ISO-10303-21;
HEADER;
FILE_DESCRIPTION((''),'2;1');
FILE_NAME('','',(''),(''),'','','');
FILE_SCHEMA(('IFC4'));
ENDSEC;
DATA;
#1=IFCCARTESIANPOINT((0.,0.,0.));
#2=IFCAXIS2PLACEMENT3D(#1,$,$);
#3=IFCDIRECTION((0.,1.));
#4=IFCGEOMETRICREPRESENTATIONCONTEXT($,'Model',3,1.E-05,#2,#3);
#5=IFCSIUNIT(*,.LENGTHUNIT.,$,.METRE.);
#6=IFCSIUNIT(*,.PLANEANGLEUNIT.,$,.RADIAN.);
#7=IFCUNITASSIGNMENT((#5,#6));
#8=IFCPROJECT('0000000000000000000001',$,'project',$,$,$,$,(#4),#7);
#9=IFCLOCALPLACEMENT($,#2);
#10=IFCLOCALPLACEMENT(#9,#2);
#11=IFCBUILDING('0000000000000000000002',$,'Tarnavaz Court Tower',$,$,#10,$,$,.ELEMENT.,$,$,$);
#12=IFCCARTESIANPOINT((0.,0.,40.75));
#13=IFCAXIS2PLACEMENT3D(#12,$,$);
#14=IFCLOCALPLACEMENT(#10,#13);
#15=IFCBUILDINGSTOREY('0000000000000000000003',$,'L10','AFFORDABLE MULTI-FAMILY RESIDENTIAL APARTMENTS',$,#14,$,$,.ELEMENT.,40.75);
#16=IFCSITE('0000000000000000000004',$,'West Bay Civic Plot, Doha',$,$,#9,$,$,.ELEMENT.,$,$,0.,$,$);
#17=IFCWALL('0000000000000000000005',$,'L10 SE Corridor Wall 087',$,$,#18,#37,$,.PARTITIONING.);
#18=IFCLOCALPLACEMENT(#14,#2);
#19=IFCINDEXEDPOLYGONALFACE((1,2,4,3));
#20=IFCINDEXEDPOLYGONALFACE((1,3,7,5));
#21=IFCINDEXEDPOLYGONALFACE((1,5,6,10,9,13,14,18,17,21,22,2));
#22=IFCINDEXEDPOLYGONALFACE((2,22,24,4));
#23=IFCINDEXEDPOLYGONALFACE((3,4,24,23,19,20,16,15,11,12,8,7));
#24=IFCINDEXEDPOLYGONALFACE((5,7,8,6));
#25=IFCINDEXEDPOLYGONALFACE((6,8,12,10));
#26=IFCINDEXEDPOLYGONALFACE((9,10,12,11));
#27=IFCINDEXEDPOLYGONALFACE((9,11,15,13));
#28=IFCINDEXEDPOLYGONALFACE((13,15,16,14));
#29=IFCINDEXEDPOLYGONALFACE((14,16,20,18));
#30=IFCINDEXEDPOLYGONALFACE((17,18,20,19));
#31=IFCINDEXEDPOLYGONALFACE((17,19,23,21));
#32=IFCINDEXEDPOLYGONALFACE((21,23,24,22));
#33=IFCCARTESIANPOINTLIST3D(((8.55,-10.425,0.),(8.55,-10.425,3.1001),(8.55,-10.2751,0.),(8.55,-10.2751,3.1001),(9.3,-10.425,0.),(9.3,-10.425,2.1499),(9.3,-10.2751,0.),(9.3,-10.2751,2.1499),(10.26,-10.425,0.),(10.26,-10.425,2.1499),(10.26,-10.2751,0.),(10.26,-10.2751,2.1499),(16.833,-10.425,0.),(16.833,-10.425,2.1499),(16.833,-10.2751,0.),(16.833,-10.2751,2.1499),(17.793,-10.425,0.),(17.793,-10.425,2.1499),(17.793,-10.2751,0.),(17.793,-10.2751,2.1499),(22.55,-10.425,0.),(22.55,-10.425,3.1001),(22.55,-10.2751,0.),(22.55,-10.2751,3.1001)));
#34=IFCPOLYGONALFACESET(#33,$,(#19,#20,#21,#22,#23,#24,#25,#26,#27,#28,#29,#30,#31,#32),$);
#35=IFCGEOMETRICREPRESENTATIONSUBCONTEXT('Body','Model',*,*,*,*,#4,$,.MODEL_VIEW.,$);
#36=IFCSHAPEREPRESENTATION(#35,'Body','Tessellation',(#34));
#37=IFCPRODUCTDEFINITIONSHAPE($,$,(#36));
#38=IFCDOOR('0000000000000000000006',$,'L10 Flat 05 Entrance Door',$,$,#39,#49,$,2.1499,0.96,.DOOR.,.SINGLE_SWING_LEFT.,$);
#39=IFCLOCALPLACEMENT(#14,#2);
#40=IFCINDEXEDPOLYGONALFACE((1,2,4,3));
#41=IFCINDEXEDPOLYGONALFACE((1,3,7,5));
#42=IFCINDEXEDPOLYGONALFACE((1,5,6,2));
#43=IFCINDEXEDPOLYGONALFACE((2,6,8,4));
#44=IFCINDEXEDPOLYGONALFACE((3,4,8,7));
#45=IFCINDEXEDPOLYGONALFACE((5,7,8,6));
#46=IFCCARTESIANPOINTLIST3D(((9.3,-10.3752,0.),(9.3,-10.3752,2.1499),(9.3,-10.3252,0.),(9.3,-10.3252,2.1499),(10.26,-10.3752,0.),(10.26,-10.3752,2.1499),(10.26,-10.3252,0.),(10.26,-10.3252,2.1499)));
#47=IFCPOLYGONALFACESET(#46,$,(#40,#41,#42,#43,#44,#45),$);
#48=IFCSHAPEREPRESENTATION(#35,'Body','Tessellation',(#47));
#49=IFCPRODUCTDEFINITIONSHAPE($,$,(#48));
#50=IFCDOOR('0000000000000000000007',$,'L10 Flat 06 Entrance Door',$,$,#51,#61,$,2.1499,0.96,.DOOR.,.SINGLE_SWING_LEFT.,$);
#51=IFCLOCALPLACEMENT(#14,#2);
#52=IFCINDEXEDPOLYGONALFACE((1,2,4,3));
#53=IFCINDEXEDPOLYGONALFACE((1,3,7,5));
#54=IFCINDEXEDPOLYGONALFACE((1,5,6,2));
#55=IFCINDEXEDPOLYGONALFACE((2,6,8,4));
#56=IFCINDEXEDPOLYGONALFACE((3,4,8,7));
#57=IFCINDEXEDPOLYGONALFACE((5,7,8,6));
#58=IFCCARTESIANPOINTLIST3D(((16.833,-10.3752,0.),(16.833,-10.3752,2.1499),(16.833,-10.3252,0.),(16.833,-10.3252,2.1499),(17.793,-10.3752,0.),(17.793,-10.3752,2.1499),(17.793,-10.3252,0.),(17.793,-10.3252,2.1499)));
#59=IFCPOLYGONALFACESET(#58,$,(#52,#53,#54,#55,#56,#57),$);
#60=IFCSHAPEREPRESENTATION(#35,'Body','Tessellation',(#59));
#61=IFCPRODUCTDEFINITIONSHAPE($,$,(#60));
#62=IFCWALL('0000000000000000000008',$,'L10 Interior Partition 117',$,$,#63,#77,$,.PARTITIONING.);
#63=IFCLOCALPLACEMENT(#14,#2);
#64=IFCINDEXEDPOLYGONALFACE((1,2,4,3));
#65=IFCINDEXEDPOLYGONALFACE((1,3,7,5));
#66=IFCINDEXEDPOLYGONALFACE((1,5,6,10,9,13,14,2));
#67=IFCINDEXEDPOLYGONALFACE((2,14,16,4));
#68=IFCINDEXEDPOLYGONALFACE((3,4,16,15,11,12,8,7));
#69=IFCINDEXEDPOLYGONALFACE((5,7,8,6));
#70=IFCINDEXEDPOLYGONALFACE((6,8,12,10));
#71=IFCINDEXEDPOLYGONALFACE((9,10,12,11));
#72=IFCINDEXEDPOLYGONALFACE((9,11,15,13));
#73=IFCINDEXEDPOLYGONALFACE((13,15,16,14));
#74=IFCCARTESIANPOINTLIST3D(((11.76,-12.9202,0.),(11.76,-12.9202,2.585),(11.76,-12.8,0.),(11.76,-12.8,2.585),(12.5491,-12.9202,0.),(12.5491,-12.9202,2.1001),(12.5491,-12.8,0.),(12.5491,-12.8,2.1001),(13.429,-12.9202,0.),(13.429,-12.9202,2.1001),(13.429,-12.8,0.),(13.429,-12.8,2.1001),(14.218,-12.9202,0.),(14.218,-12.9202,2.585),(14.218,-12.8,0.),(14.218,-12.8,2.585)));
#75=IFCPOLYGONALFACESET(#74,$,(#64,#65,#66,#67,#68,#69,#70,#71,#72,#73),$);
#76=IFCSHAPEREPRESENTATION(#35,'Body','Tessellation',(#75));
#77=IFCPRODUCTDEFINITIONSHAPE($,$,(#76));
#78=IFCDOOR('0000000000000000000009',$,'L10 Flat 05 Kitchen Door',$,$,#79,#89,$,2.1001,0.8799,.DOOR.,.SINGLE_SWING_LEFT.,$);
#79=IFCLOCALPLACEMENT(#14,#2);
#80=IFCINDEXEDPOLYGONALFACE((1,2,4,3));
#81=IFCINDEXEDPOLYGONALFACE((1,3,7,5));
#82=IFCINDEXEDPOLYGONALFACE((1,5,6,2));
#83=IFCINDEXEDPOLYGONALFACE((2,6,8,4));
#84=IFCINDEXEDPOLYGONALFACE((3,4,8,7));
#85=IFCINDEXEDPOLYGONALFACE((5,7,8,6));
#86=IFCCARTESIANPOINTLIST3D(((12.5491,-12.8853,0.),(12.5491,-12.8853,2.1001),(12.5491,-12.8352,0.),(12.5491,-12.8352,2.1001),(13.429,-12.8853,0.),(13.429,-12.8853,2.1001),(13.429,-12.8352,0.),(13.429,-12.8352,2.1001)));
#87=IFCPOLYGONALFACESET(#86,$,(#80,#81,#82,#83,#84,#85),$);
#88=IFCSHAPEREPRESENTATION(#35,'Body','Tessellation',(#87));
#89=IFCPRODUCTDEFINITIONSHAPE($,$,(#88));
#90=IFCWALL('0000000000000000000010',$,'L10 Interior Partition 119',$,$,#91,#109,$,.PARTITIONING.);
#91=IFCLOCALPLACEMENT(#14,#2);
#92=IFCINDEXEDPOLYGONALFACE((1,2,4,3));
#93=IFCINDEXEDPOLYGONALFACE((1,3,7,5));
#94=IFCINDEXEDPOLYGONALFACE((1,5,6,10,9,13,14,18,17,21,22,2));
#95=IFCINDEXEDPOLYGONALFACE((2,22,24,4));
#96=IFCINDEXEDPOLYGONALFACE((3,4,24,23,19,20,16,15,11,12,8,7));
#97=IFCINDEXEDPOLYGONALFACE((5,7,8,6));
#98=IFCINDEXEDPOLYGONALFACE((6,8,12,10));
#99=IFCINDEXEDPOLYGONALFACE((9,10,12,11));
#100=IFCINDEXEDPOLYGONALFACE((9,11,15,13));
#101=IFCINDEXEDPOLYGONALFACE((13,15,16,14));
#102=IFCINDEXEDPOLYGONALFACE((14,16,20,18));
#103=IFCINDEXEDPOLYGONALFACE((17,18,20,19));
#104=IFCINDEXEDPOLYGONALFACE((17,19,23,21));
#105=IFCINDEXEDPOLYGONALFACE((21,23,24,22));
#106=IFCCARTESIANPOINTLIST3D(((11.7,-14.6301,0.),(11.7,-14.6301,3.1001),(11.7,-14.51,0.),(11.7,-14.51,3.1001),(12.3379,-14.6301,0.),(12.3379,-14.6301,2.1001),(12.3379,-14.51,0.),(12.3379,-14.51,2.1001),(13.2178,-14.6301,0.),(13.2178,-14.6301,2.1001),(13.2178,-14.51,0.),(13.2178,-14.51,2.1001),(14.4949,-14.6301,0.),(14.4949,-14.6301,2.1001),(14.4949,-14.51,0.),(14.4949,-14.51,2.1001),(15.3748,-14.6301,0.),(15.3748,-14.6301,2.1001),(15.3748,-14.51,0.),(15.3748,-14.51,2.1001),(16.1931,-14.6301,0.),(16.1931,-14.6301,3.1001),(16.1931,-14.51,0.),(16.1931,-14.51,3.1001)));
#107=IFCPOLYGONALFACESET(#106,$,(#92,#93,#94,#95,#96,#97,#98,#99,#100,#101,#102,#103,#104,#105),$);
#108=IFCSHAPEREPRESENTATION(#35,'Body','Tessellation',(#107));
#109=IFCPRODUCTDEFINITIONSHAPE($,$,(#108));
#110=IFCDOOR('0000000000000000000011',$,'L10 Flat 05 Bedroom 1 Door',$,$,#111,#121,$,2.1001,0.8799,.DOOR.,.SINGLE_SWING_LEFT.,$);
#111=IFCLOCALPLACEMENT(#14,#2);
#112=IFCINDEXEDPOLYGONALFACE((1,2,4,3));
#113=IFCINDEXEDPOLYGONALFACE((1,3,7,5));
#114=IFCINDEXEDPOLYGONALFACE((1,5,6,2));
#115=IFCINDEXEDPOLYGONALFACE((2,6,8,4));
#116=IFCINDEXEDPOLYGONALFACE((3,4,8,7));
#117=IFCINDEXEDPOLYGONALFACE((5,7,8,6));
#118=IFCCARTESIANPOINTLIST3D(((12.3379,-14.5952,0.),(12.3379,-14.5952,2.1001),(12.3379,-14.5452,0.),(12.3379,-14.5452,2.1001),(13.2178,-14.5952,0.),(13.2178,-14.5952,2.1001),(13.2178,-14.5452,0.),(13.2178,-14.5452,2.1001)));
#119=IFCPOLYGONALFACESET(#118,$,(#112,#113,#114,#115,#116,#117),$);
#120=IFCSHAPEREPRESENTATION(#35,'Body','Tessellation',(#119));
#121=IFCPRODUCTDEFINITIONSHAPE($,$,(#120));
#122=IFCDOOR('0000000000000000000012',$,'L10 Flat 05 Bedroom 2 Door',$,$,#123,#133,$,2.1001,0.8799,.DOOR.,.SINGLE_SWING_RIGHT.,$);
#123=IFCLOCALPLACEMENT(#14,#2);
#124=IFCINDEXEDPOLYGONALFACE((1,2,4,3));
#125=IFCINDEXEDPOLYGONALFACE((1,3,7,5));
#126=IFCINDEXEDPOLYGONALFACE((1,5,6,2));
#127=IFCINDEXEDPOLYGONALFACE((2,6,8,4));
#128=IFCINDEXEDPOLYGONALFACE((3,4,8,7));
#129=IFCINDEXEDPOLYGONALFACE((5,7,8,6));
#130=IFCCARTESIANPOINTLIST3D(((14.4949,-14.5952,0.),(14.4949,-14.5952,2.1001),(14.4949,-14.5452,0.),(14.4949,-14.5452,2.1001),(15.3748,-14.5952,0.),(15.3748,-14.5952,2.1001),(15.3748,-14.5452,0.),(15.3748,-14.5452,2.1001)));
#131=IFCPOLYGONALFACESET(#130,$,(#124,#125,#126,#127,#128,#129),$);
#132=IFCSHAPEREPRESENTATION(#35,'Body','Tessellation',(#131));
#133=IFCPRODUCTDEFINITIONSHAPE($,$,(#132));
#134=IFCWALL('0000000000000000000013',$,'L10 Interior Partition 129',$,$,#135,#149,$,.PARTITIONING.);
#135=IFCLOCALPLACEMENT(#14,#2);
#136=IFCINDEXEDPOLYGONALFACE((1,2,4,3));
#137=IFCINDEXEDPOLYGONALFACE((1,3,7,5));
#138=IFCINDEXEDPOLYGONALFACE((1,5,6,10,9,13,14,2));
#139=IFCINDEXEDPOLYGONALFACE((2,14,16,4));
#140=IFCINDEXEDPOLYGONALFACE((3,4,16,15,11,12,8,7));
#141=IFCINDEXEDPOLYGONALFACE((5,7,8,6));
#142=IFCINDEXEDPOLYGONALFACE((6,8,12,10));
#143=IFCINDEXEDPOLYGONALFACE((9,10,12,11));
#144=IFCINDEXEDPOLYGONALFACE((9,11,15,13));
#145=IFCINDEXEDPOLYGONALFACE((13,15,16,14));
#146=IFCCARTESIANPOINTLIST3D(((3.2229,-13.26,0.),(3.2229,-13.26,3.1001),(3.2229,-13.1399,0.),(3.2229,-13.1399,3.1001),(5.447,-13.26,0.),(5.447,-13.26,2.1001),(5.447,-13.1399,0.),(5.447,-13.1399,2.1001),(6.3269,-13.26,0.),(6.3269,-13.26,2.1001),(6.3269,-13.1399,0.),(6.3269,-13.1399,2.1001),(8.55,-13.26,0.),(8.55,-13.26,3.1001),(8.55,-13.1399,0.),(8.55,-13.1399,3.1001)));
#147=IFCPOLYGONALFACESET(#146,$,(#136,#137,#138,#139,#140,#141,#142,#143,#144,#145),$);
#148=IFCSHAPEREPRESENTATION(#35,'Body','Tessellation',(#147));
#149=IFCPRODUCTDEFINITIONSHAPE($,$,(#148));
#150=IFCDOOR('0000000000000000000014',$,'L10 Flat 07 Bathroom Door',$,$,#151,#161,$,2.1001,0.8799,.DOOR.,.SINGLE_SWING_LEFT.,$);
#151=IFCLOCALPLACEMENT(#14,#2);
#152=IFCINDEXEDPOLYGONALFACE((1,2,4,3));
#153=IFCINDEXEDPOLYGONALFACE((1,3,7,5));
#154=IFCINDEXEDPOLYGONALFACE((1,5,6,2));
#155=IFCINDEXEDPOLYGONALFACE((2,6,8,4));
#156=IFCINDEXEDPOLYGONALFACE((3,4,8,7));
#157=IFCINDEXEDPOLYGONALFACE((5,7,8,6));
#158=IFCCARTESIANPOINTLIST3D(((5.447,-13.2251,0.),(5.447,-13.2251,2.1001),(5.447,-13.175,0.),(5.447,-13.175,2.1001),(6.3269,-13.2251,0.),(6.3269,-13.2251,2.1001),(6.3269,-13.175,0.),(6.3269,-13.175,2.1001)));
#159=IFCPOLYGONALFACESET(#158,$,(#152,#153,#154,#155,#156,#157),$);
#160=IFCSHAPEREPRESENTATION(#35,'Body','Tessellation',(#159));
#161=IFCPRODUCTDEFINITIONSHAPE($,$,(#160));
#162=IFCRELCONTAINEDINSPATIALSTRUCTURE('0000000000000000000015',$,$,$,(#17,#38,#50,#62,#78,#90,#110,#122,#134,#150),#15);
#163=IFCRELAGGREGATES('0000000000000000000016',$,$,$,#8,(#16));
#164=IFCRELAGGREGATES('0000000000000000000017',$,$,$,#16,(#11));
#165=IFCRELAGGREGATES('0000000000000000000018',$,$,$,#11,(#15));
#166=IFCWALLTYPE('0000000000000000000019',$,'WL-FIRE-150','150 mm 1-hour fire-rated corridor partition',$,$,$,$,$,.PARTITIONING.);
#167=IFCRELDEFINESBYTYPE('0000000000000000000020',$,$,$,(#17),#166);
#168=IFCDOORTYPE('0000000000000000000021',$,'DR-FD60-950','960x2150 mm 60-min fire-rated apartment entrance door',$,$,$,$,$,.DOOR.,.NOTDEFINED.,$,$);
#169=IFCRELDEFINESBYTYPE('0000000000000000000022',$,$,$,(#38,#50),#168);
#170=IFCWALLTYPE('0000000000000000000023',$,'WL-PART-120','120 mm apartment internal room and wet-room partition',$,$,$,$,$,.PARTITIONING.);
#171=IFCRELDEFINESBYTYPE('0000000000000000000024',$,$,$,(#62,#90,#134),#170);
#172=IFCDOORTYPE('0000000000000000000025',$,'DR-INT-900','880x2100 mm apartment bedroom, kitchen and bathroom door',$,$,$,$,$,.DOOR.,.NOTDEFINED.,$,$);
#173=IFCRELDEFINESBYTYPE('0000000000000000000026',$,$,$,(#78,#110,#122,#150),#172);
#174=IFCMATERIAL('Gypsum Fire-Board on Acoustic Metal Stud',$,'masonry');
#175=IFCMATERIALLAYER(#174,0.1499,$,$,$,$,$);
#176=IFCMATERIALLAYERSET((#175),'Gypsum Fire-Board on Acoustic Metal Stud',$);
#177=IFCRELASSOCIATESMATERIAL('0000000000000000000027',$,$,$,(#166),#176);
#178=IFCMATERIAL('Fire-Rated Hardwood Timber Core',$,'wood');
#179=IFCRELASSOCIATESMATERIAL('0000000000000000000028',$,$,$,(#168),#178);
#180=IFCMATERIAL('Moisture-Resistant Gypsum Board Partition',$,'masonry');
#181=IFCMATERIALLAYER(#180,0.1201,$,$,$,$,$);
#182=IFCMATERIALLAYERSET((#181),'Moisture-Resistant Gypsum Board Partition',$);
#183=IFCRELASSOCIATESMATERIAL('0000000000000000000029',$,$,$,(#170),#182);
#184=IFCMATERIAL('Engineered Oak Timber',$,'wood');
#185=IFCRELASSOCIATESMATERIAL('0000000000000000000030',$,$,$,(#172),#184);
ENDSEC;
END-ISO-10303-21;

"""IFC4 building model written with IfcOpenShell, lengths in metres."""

from ifc_helpers import new_model, si_unit, direction, frame, frame_2d, origin, place, context, subcontext, project, spatial, rectangle, extrude, material, layer, layer_set, type_object, element, fill, save


model = new_model("IFC4")

# Units and contexts
model_context = context("Model", 3, precision=1e-05, world=origin(), true_north=direction((0.0, 1.0)))
body_context = subcontext(model_context, "Body", "Model", "MODEL_VIEW")
ifc_project = project(units=[si_unit("LENGTHUNIT", "METRE"), si_unit("PLANEANGLEUNIT", "RADIAN")], contexts=[model_context])

# Site, building, storey
site_placement = place(None, origin())
site = spatial("IfcSite", under=ifc_project, at=site_placement, Name="West Bay Civic Plot, Doha", CompositionType="ELEMENT", RefElevation=0.0)
building_placement = place(site_placement, origin())
building = spatial("IfcBuilding", under=site, at=building_placement, Name="Tarnavaz Court Tower", CompositionType="ELEMENT")
storey_placement = place(building_placement, frame((0.0, 0.0, 40.75)))
storey = spatial("IfcBuildingStorey", under=building, at=storey_placement, Name="L10", Description="AFFORDABLE MULTI-FAMILY RESIDENTIAL APARTMENTS", CompositionType="ELEMENT", Elevation=40.75)

# Wall, openings, doors
ifc_material_1 = material(Name="Gypsum Fire-Board on Acoustic Metal Stud", Category="masonry")
ifc_layer_1 = layer(ifc_material_1, 0.1499)
ifc_layer_set_1 = layer_set([ifc_layer_1], Name="Gypsum Fire-Board on Acoustic Metal Stud")
wall_type_1 = type_object("IfcWallType", Name="WL-FIRE-150", Description="150 mm 1-hour fire-rated corridor partition", PredefinedType="PARTITIONING", material=ifc_layer_set_1)
wall_1_placement = place(storey_placement, frame((8.55, -10.3501, 0.0), z_axis=(0.0, 0.0, 1.0), x_axis=(1.0, 0.0, 0.0)))
wall_1 = element("IfcWall", 1, at=wall_1_placement, inside=storey, type_object=wall_type_1, Name="L10 SE Corridor Wall 087", PredefinedType="PARTITIONING", context=body_context, shape_type="SweptSolid", body=[
    extrude(rectangle(XDim=14.0, YDim=0.1499, at=frame_2d((7.0, 0.0))), origin(), (0.0, 0.0, 1.0), 3.1001),
])
opening_1_placement = place(wall_1_placement, frame((0.75, 0.0, 0.0)))
opening_1 = element("IfcOpeningElement", 2, at=opening_1_placement, cuts=wall_1, PredefinedType="OPENING", context=body_context, shape_type="SweptSolid", body=[
    extrude(rectangle(XDim=0.96, YDim=2.1499, at=frame_2d((0.48, 1.075))), frame((0.0, 0.085, 0.0), z_axis=(0.0, -1.0, 0.0), x_axis=(1.0, 0.0, 0.0)), (0.0, 0.0, 1.0), 0.1699),
])
opening_2_placement = place(wall_1_placement, frame((8.283, 0.0, 0.0)))
opening_2 = element("IfcOpeningElement", 3, at=opening_2_placement, cuts=wall_1, PredefinedType="OPENING", context=body_context, shape_type="SweptSolid", body=[
    extrude(rectangle(XDim=0.96, YDim=2.1499, at=frame_2d((0.48, 1.075))), frame((0.0, 0.085, 0.0), z_axis=(0.0, -1.0, 0.0), x_axis=(1.0, 0.0, 0.0)), (0.0, 0.0, 1.0), 0.1699),
])
ifc_material_2 = material(Name="Fire-Rated Hardwood Timber Core", Category="wood")
door_type_1 = type_object("IfcDoorType", Name="DR-FD60-950", Description="960x2150 mm 60-min fire-rated apartment entrance door", OperationType="NOTDEFINED", PredefinedType="DOOR", material=ifc_material_2)
door_1_placement = place(opening_1_placement, origin())
door_1 = element("IfcDoor", 4, at=door_1_placement, inside=storey, type_object=door_type_1, Name="L10 Flat 05 Entrance Door", OperationType="SINGLE_SWING_LEFT", OverallHeight=2.1499, OverallWidth=0.96, PredefinedType="DOOR", context=body_context, shape_type="SweptSolid", body=[
    extrude(rectangle(XDim=0.96, YDim=2.1499, at=frame_2d((0.48, 1.075))), frame((0.0, 0.0249, 0.0), z_axis=(0.0, -1.0, 0.0), x_axis=(1.0, 0.0, 0.0)), (0.0, 0.0, 1.0), 0.05),
])
fill(opening_1, door_1)
door_2_placement = place(opening_2_placement, origin())
door_2 = element("IfcDoor", 5, at=door_2_placement, inside=storey, type_object=door_type_1, Name="L10 Flat 06 Entrance Door", OperationType="SINGLE_SWING_LEFT", OverallHeight=2.1499, OverallWidth=0.96, PredefinedType="DOOR", context=body_context, shape_type="SweptSolid", body=[
    extrude(rectangle(XDim=0.96, YDim=2.1499, at=frame_2d((0.48, 1.075))), frame((0.0, 0.0249, 0.0), z_axis=(0.0, -1.0, 0.0), x_axis=(1.0, 0.0, 0.0)), (0.0, 0.0, 1.0), 0.05),
])
fill(opening_2, door_2)

# Wall, opening, door
ifc_material_3 = material(Name="Moisture-Resistant Gypsum Board Partition", Category="masonry")
ifc_layer_2 = layer(ifc_material_3, 0.1201)
ifc_layer_set_2 = layer_set([ifc_layer_2], Name="Moisture-Resistant Gypsum Board Partition")
wall_type_2 = type_object("IfcWallType", Name="WL-PART-120", Description="120 mm apartment internal room and wet-room partition", PredefinedType="PARTITIONING", material=ifc_layer_set_2)
wall_2_placement = place(storey_placement, frame((11.76, -12.8601, 0.0), z_axis=(0.0, 0.0, 1.0), x_axis=(1.0, 0.0, 0.0)))
wall_2 = element("IfcWall", 6, at=wall_2_placement, inside=storey, type_object=wall_type_2, Name="L10 Interior Partition 117", PredefinedType="PARTITIONING", context=body_context, shape_type="SweptSolid", body=[
    extrude(rectangle(XDim=2.458, YDim=0.1201, at=frame_2d((1.229, 0.0))), origin(), (0.0, 0.0, 1.0), 2.585),
])
opening_3_placement = place(wall_2_placement, frame((0.7891, 0.0, 0.0)))
opening_3 = element("IfcOpeningElement", 7, at=opening_3_placement, cuts=wall_2, PredefinedType="OPENING", context=body_context, shape_type="SweptSolid", body=[
    extrude(rectangle(XDim=0.8799, YDim=2.1001, at=frame_2d((0.4399, 1.05))), frame((0.0, 0.0701, 0.0), z_axis=(0.0, -1.0, 0.0), x_axis=(1.0, 0.0, 0.0)), (0.0, 0.0, 1.0), 0.1401),
])
ifc_material_4 = material(Name="Engineered Oak Timber", Category="wood")
door_type_2 = type_object("IfcDoorType", Name="DR-INT-900", Description="880x2100 mm apartment bedroom, kitchen and bathroom door", OperationType="NOTDEFINED", PredefinedType="DOOR", material=ifc_material_4)
door_3_placement = place(opening_3_placement, origin())
door_3 = element("IfcDoor", 8, at=door_3_placement, inside=storey, type_object=door_type_2, Name="L10 Flat 05 Kitchen Door", OperationType="SINGLE_SWING_LEFT", OverallHeight=2.1001, OverallWidth=0.8799, PredefinedType="DOOR", context=body_context, shape_type="SweptSolid", body=[
    extrude(rectangle(XDim=0.8799, YDim=2.1001, at=frame_2d((0.4399, 1.05))), frame((0.0, 0.0249, 0.0), z_axis=(0.0, -1.0, 0.0), x_axis=(1.0, 0.0, 0.0)), (0.0, 0.0, 1.0), 0.05),
])
fill(opening_3, door_3)

# Wall, openings, doors
wall_3_placement = place(storey_placement, frame((11.7, -14.5701, 0.0), z_axis=(0.0, 0.0, 1.0), x_axis=(1.0, 0.0, 0.0)))
wall_3 = element("IfcWall", 9, at=wall_3_placement, inside=storey, type_object=wall_type_2, Name="L10 Interior Partition 119", PredefinedType="PARTITIONING", context=body_context, shape_type="SweptSolid", body=[
    extrude(rectangle(XDim=4.4932, YDim=0.1201, at=frame_2d((2.2466, 0.0))), origin(), (0.0, 0.0, 1.0), 3.1001),
])
opening_4_placement = place(wall_3_placement, frame((0.6379, 0.0, 0.0)))
opening_4 = element("IfcOpeningElement", 10, at=opening_4_placement, cuts=wall_3, PredefinedType="OPENING", context=body_context, shape_type="SweptSolid", body=[
    extrude(rectangle(XDim=0.8799, YDim=2.1001, at=frame_2d((0.4399, 1.05))), frame((0.0, 0.0701, 0.0), z_axis=(0.0, -1.0, 0.0), x_axis=(1.0, 0.0, 0.0)), (0.0, 0.0, 1.0), 0.1401),
])
opening_5_placement = place(wall_3_placement, frame((2.7949, 0.0, 0.0)))
opening_5 = element("IfcOpeningElement", 11, at=opening_5_placement, cuts=wall_3, PredefinedType="OPENING", context=body_context, shape_type="SweptSolid", body=[
    extrude(rectangle(XDim=0.8799, YDim=2.1001, at=frame_2d((0.4399, 1.05))), frame((0.0, 0.0701, 0.0), z_axis=(0.0, -1.0, 0.0), x_axis=(1.0, 0.0, 0.0)), (0.0, 0.0, 1.0), 0.1401),
])
door_4_placement = place(opening_4_placement, origin())
door_4 = element("IfcDoor", 12, at=door_4_placement, inside=storey, type_object=door_type_2, Name="L10 Flat 05 Bedroom 1 Door", OperationType="SINGLE_SWING_LEFT", OverallHeight=2.1001, OverallWidth=0.8799, PredefinedType="DOOR", context=body_context, shape_type="SweptSolid", body=[
    extrude(rectangle(XDim=0.8799, YDim=2.1001, at=frame_2d((0.4399, 1.05))), frame((0.0, 0.0249, 0.0), z_axis=(0.0, -1.0, 0.0), x_axis=(1.0, 0.0, 0.0)), (0.0, 0.0, 1.0), 0.05),
])
fill(opening_4, door_4)
door_5_placement = place(opening_5_placement, origin())
door_5 = element("IfcDoor", 13, at=door_5_placement, inside=storey, type_object=door_type_2, Name="L10 Flat 05 Bedroom 2 Door", OperationType="SINGLE_SWING_RIGHT", OverallHeight=2.1001, OverallWidth=0.8799, PredefinedType="DOOR", context=body_context, shape_type="SweptSolid", body=[
    extrude(rectangle(XDim=0.8799, YDim=2.1001, at=frame_2d((0.4399, 1.05))), frame((0.0, 0.0249, 0.0), z_axis=(0.0, -1.0, 0.0), x_axis=(1.0, 0.0, 0.0)), (0.0, 0.0, 1.0), 0.05),
])
fill(opening_5, door_5)

# Wall, opening, door
wall_4_placement = place(storey_placement, frame((3.2229, -13.2, 0.0), z_axis=(0.0, 0.0, 1.0), x_axis=(1.0, 0.0, 0.0)))
wall_4 = element("IfcWall", 14, at=wall_4_placement, inside=storey, type_object=wall_type_2, Name="L10 Interior Partition 129", PredefinedType="PARTITIONING", context=body_context, shape_type="SweptSolid", body=[
    extrude(rectangle(XDim=5.3271, YDim=0.1201, at=frame_2d((2.6636, 0.0))), origin(), (0.0, 0.0, 1.0), 3.1001),
])
opening_6_placement = place(wall_4_placement, frame((2.2241, 0.0, 0.0)))
opening_6 = element("IfcOpeningElement", 15, at=opening_6_placement, cuts=wall_4, PredefinedType="OPENING", context=body_context, shape_type="SweptSolid", body=[
    extrude(rectangle(XDim=0.8799, YDim=2.1001, at=frame_2d((0.4399, 1.05))), frame((0.0, 0.0701, 0.0), z_axis=(0.0, -1.0, 0.0), x_axis=(1.0, 0.0, 0.0)), (0.0, 0.0, 1.0), 0.1401),
])
door_6_placement = place(opening_6_placement, origin())
door_6 = element("IfcDoor", 16, at=door_6_placement, inside=storey, type_object=door_type_2, Name="L10 Flat 07 Bathroom Door", OperationType="SINGLE_SWING_LEFT", OverallHeight=2.1001, OverallWidth=0.8799, PredefinedType="DOOR", context=body_context, shape_type="SweptSolid", body=[
    extrude(rectangle(XDim=0.8799, YDim=2.1001, at=frame_2d((0.4399, 1.05))), frame((0.0, 0.0249, 0.0), z_axis=(0.0, -1.0, 0.0), x_axis=(1.0, 0.0, 0.0)), (0.0, 0.0, 1.0), 0.05),
])
fill(opening_6, door_6)

save(model, "model.ifc")
